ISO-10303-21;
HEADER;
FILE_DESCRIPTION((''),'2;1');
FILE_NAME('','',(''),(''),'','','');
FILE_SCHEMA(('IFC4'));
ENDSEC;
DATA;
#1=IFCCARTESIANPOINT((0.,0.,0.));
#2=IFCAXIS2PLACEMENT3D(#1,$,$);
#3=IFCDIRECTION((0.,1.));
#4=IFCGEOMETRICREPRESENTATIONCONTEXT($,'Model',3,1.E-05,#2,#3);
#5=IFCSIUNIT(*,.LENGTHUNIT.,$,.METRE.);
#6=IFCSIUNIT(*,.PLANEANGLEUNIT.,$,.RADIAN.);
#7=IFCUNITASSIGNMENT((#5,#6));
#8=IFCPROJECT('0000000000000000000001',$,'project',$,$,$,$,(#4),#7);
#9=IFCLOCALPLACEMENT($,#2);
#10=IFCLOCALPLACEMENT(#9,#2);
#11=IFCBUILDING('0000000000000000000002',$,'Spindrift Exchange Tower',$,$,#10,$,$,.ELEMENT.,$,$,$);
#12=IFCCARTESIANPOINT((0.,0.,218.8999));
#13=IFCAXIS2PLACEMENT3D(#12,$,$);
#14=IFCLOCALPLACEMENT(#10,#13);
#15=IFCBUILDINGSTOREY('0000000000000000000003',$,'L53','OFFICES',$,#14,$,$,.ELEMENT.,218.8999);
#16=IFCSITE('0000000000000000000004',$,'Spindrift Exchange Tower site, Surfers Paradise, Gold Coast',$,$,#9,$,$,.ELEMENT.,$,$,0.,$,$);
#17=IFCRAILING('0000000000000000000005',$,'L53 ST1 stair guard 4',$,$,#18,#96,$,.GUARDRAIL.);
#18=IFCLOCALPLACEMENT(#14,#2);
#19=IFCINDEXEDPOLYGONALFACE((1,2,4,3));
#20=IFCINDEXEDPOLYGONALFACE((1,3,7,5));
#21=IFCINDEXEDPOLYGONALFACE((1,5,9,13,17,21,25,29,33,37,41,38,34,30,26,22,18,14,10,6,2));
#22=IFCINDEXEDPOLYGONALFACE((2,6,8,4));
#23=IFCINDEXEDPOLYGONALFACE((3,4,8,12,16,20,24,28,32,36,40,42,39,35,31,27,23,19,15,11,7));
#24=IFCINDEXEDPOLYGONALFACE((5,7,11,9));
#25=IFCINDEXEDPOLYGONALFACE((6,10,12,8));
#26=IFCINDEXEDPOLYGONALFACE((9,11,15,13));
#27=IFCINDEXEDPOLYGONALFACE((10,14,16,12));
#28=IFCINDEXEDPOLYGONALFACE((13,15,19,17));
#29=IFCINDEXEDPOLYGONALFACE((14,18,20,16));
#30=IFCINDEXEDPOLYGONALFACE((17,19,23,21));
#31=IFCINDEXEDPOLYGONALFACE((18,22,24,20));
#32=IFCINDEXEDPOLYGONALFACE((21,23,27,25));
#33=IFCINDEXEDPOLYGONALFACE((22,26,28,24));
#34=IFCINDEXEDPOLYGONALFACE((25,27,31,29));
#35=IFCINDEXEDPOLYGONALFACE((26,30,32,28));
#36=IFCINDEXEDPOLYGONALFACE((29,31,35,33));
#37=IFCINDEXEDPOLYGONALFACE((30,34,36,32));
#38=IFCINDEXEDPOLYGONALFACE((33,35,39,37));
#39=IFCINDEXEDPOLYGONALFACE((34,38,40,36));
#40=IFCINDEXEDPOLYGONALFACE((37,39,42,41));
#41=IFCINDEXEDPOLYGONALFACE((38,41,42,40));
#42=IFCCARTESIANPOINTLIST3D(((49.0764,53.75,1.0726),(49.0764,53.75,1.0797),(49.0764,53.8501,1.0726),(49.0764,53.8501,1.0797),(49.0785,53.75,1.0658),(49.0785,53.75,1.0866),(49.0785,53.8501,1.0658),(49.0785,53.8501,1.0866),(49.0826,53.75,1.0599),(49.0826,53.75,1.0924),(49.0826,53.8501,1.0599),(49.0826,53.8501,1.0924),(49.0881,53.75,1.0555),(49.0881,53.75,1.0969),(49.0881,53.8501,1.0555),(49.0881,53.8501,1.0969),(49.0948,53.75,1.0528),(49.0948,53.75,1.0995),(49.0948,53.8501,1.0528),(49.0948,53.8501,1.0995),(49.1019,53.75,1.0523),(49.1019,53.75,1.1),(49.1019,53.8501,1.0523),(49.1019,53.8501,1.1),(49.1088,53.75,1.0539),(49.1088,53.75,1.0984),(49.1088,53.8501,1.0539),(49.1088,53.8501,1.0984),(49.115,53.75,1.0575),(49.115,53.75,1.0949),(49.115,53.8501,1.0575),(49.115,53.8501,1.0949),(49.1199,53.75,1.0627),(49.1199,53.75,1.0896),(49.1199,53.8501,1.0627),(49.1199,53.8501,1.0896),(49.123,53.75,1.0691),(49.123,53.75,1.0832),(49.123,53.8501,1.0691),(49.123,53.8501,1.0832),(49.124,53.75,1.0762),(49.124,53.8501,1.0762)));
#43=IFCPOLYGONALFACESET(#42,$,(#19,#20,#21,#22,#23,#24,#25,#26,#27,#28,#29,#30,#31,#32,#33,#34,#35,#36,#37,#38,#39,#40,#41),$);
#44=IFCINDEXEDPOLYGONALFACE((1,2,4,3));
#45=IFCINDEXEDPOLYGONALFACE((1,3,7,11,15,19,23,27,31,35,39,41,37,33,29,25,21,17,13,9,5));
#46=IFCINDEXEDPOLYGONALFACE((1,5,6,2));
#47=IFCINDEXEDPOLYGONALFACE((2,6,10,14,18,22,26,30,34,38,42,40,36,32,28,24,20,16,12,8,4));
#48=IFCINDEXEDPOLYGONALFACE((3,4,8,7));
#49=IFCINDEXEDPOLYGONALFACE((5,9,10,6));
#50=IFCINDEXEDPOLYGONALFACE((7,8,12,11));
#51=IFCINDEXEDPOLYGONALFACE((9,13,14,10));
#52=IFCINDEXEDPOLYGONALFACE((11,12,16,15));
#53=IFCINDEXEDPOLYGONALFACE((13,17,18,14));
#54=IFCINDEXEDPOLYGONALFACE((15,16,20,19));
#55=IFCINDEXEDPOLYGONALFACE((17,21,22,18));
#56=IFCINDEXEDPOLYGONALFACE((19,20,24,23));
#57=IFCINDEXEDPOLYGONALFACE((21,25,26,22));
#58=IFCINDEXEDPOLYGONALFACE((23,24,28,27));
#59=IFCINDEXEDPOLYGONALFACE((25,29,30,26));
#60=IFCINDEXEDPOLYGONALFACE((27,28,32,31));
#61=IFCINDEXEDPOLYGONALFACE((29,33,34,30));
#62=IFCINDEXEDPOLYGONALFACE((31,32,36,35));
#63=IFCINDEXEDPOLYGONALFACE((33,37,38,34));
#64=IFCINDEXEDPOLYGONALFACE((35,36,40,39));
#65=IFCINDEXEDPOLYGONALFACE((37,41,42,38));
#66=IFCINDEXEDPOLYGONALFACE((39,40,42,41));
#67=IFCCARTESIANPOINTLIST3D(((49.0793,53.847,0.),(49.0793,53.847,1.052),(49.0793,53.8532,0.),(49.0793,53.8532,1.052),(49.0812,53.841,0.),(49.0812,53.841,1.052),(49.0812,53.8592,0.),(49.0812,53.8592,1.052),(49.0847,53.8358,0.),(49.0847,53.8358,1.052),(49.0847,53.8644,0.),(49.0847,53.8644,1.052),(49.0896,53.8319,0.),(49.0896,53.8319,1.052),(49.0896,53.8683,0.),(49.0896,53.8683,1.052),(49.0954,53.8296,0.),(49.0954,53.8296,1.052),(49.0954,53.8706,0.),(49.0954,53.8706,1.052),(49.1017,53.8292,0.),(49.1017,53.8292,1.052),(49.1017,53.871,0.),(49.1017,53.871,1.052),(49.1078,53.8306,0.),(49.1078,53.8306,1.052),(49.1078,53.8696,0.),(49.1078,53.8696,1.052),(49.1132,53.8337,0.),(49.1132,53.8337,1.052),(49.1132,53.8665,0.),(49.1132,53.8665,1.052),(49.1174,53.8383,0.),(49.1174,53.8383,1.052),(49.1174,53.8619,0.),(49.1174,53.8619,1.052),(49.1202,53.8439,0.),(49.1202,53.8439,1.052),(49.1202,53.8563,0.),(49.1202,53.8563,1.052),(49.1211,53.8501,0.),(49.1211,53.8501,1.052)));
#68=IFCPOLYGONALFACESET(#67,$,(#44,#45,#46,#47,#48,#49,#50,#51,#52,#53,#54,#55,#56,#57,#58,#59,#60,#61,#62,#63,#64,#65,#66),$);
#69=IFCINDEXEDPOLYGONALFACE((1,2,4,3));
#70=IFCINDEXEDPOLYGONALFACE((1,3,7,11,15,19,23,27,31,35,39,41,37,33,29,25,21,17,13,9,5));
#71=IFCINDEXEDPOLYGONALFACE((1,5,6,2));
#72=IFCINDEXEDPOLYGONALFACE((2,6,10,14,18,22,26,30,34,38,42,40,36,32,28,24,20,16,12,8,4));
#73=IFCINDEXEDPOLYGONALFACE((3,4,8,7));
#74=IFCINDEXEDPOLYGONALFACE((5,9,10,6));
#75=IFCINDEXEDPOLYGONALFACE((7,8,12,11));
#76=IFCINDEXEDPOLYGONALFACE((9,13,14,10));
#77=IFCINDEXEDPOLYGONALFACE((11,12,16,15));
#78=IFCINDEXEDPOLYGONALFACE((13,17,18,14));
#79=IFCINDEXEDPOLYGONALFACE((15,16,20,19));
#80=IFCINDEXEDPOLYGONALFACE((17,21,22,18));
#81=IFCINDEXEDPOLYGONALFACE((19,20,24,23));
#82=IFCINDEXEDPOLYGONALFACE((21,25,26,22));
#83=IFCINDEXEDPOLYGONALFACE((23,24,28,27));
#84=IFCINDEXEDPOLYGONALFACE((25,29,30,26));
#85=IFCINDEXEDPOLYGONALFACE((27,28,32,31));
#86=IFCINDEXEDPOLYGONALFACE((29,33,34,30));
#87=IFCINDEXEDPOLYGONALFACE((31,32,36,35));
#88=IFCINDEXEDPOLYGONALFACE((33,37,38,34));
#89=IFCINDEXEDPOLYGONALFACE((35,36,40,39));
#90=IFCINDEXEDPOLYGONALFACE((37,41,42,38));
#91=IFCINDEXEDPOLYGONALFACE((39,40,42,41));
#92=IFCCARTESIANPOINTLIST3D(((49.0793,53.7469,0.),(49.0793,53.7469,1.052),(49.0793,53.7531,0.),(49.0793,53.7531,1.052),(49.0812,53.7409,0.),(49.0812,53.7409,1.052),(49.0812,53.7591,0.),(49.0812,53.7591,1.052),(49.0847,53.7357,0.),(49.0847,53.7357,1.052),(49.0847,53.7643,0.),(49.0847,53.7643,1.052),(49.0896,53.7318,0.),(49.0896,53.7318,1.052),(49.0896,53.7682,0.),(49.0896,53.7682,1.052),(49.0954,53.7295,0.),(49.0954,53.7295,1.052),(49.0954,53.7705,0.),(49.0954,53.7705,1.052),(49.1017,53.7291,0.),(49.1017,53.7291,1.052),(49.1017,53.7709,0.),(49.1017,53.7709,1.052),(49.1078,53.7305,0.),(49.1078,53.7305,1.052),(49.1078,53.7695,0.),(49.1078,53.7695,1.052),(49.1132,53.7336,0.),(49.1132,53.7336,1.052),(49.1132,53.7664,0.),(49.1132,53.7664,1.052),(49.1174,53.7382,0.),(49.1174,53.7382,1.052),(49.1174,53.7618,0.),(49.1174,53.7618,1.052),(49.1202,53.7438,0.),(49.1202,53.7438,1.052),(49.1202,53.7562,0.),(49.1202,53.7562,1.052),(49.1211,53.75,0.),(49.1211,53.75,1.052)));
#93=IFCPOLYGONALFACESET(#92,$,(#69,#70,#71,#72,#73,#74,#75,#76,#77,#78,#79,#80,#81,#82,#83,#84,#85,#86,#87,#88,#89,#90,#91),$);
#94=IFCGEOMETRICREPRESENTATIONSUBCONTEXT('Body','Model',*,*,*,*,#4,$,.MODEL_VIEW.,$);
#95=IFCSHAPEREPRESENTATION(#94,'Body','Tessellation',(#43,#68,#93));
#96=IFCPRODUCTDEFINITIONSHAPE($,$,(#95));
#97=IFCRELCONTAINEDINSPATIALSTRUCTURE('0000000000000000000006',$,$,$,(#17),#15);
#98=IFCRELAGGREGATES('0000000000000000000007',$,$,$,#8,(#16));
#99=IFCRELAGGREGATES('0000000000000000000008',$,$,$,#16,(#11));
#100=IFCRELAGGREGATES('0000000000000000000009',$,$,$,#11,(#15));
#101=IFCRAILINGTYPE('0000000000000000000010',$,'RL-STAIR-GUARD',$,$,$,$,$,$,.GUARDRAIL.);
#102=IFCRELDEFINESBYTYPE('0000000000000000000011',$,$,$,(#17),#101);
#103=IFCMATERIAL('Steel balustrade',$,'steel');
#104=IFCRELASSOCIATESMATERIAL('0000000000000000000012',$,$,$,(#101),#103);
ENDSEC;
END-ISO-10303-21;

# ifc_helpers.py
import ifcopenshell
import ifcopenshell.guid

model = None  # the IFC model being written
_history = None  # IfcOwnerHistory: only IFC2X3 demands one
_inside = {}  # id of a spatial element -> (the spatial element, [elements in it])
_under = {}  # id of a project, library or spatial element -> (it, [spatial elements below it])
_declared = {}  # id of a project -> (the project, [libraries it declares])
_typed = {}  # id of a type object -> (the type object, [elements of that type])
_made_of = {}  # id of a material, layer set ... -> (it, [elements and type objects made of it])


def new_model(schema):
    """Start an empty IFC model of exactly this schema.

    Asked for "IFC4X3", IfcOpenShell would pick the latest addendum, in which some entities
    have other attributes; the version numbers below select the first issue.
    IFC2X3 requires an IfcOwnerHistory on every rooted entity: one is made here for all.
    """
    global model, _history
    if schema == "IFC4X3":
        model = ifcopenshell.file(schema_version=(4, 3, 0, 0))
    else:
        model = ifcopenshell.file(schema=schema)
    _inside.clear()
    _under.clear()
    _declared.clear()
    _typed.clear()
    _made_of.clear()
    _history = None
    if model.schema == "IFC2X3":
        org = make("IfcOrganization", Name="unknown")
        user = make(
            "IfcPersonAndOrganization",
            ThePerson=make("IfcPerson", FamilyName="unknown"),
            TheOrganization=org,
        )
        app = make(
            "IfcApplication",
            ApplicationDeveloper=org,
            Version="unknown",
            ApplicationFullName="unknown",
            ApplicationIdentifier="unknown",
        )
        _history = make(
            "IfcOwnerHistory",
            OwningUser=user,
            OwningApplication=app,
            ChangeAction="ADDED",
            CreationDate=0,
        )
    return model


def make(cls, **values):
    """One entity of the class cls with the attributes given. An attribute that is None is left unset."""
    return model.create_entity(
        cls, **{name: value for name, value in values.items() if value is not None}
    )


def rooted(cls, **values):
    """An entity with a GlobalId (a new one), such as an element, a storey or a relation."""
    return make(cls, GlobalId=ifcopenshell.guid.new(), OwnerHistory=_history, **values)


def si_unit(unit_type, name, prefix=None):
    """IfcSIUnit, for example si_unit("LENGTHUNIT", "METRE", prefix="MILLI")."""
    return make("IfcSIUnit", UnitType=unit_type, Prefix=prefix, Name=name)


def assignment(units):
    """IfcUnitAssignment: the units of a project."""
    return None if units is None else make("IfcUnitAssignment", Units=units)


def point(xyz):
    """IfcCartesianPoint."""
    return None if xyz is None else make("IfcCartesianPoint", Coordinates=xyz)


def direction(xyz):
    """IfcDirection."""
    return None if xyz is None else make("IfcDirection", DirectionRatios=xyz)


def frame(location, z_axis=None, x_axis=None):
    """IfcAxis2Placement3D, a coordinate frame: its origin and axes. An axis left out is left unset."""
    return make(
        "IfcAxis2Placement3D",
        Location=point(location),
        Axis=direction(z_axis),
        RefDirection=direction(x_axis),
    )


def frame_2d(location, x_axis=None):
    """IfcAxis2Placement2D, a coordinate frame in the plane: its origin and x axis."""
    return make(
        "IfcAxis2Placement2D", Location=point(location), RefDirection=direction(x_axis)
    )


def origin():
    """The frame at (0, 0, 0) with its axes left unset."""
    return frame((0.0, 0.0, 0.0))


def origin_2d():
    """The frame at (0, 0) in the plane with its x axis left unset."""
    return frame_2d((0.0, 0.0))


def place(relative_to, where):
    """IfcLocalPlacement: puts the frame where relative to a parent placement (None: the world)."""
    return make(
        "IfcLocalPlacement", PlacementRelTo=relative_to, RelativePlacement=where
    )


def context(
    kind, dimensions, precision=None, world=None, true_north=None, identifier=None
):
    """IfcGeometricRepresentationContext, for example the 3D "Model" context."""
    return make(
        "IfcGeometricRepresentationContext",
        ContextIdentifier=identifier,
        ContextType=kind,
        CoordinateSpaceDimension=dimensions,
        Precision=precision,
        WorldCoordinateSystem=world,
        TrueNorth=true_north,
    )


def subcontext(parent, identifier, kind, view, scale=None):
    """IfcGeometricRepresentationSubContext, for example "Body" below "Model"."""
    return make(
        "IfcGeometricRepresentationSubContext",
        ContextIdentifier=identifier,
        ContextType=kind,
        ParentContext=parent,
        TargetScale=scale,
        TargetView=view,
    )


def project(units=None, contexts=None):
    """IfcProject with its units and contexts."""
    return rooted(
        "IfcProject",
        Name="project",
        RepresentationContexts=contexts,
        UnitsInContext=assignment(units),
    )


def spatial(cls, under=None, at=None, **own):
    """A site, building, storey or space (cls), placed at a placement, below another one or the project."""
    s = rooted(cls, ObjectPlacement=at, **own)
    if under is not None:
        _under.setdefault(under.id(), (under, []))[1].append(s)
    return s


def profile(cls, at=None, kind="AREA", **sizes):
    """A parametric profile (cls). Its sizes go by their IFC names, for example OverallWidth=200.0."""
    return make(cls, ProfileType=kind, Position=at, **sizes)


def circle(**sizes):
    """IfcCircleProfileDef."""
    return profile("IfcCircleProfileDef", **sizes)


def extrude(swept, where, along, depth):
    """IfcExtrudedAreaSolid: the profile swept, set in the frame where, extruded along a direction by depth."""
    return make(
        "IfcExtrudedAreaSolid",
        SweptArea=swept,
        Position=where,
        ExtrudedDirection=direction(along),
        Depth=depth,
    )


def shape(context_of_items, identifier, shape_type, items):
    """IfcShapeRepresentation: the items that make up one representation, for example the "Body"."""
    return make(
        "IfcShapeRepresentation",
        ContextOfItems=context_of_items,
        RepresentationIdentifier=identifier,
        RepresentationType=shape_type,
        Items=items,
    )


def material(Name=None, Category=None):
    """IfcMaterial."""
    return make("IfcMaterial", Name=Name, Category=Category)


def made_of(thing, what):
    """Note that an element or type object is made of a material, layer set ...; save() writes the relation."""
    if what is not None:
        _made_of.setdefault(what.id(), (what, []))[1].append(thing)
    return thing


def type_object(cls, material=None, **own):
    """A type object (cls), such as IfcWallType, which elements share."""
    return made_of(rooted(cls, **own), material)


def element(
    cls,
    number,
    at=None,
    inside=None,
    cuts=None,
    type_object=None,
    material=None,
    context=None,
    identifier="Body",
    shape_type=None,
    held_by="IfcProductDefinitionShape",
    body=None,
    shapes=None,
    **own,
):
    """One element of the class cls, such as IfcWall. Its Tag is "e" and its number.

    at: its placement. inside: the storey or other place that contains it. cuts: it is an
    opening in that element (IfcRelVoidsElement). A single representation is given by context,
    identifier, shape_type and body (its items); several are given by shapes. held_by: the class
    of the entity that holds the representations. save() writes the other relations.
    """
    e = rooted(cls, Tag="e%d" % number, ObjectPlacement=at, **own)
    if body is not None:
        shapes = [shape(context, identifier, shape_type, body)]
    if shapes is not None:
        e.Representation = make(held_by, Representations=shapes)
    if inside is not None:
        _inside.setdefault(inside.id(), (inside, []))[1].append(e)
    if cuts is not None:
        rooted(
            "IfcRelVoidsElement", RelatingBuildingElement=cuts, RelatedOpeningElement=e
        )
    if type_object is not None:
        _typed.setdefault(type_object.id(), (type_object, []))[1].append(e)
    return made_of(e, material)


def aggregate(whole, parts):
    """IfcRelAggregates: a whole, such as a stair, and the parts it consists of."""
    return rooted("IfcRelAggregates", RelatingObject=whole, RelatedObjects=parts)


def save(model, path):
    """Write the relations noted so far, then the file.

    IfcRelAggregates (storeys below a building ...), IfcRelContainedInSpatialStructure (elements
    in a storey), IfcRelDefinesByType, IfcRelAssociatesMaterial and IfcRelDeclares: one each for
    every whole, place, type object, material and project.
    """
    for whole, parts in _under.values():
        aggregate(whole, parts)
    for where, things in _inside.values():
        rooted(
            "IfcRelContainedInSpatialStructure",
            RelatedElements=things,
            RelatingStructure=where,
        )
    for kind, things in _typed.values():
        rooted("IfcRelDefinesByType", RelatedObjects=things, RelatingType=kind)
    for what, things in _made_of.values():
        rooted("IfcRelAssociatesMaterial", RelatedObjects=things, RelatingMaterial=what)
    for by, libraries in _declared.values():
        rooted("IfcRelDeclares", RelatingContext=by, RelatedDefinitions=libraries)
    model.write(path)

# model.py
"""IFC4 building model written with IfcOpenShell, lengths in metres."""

from ifc_helpers import new_model, si_unit, direction, frame, origin, origin_2d, place, context, subcontext, project, spatial, circle, extrude, material, type_object, element, save


model = new_model("IFC4")

# Units and contexts
model_context = context("Model", 3, precision=1e-05, world=origin(), true_north=direction((0.0, 1.0)))
body_context = subcontext(model_context, "Body", "Model", "MODEL_VIEW")
ifc_project = project(units=[si_unit("LENGTHUNIT", "METRE"), si_unit("PLANEANGLEUNIT", "RADIAN")], contexts=[model_context])

# Site, building, storey
site_placement = place(None, origin())
site = spatial("IfcSite", under=ifc_project, at=site_placement, Name="Spindrift Exchange Tower site, Surfers Paradise, Gold Coast", CompositionType="ELEMENT", RefElevation=0.0)
building_placement = place(site_placement, origin())
building = spatial("IfcBuilding", under=site, at=building_placement, Name="Spindrift Exchange Tower", CompositionType="ELEMENT")
storey_placement = place(building_placement, frame((0.0, 0.0, 218.8999)))
storey = spatial("IfcBuildingStorey", under=building, at=storey_placement, Name="L53", Description="OFFICES", CompositionType="ELEMENT", Elevation=218.8999)

# Railing
ifc_material_1 = material(Name="Steel balustrade", Category="steel")
railing_type_1 = type_object("IfcRailingType", Name="RL-STAIR-GUARD", PredefinedType="GUARDRAIL", material=ifc_material_1)
railing_1_placement = place(storey_placement, frame((49.1001, 53.8501, 0.0)))
element("IfcRailing", 1, at=railing_1_placement, inside=storey, type_object=railing_type_1, Name="L53 ST1 stair guard 4", PredefinedType="GUARDRAIL", context=body_context, shape_type="SweptSolid", body=[
    extrude(circle(Radius=0.0239, at=origin_2d()), frame((0.0, 0.0, 1.0762), z_axis=(0.0, -1.0, 0.0), x_axis=(1.0, 0.0, 0.0)), (0.0, 0.0, 1.0), 0.1001),
    extrude(circle(Radius=0.021, at=origin_2d()), origin(), (0.0, 0.0, 1.0), 1.052),
    extrude(circle(Radius=0.021, at=origin_2d()), frame((0.0, -0.1001, 0.0)), (0.0, 0.0, 1.0), 1.052),
])

save(model, "model.ifc")
